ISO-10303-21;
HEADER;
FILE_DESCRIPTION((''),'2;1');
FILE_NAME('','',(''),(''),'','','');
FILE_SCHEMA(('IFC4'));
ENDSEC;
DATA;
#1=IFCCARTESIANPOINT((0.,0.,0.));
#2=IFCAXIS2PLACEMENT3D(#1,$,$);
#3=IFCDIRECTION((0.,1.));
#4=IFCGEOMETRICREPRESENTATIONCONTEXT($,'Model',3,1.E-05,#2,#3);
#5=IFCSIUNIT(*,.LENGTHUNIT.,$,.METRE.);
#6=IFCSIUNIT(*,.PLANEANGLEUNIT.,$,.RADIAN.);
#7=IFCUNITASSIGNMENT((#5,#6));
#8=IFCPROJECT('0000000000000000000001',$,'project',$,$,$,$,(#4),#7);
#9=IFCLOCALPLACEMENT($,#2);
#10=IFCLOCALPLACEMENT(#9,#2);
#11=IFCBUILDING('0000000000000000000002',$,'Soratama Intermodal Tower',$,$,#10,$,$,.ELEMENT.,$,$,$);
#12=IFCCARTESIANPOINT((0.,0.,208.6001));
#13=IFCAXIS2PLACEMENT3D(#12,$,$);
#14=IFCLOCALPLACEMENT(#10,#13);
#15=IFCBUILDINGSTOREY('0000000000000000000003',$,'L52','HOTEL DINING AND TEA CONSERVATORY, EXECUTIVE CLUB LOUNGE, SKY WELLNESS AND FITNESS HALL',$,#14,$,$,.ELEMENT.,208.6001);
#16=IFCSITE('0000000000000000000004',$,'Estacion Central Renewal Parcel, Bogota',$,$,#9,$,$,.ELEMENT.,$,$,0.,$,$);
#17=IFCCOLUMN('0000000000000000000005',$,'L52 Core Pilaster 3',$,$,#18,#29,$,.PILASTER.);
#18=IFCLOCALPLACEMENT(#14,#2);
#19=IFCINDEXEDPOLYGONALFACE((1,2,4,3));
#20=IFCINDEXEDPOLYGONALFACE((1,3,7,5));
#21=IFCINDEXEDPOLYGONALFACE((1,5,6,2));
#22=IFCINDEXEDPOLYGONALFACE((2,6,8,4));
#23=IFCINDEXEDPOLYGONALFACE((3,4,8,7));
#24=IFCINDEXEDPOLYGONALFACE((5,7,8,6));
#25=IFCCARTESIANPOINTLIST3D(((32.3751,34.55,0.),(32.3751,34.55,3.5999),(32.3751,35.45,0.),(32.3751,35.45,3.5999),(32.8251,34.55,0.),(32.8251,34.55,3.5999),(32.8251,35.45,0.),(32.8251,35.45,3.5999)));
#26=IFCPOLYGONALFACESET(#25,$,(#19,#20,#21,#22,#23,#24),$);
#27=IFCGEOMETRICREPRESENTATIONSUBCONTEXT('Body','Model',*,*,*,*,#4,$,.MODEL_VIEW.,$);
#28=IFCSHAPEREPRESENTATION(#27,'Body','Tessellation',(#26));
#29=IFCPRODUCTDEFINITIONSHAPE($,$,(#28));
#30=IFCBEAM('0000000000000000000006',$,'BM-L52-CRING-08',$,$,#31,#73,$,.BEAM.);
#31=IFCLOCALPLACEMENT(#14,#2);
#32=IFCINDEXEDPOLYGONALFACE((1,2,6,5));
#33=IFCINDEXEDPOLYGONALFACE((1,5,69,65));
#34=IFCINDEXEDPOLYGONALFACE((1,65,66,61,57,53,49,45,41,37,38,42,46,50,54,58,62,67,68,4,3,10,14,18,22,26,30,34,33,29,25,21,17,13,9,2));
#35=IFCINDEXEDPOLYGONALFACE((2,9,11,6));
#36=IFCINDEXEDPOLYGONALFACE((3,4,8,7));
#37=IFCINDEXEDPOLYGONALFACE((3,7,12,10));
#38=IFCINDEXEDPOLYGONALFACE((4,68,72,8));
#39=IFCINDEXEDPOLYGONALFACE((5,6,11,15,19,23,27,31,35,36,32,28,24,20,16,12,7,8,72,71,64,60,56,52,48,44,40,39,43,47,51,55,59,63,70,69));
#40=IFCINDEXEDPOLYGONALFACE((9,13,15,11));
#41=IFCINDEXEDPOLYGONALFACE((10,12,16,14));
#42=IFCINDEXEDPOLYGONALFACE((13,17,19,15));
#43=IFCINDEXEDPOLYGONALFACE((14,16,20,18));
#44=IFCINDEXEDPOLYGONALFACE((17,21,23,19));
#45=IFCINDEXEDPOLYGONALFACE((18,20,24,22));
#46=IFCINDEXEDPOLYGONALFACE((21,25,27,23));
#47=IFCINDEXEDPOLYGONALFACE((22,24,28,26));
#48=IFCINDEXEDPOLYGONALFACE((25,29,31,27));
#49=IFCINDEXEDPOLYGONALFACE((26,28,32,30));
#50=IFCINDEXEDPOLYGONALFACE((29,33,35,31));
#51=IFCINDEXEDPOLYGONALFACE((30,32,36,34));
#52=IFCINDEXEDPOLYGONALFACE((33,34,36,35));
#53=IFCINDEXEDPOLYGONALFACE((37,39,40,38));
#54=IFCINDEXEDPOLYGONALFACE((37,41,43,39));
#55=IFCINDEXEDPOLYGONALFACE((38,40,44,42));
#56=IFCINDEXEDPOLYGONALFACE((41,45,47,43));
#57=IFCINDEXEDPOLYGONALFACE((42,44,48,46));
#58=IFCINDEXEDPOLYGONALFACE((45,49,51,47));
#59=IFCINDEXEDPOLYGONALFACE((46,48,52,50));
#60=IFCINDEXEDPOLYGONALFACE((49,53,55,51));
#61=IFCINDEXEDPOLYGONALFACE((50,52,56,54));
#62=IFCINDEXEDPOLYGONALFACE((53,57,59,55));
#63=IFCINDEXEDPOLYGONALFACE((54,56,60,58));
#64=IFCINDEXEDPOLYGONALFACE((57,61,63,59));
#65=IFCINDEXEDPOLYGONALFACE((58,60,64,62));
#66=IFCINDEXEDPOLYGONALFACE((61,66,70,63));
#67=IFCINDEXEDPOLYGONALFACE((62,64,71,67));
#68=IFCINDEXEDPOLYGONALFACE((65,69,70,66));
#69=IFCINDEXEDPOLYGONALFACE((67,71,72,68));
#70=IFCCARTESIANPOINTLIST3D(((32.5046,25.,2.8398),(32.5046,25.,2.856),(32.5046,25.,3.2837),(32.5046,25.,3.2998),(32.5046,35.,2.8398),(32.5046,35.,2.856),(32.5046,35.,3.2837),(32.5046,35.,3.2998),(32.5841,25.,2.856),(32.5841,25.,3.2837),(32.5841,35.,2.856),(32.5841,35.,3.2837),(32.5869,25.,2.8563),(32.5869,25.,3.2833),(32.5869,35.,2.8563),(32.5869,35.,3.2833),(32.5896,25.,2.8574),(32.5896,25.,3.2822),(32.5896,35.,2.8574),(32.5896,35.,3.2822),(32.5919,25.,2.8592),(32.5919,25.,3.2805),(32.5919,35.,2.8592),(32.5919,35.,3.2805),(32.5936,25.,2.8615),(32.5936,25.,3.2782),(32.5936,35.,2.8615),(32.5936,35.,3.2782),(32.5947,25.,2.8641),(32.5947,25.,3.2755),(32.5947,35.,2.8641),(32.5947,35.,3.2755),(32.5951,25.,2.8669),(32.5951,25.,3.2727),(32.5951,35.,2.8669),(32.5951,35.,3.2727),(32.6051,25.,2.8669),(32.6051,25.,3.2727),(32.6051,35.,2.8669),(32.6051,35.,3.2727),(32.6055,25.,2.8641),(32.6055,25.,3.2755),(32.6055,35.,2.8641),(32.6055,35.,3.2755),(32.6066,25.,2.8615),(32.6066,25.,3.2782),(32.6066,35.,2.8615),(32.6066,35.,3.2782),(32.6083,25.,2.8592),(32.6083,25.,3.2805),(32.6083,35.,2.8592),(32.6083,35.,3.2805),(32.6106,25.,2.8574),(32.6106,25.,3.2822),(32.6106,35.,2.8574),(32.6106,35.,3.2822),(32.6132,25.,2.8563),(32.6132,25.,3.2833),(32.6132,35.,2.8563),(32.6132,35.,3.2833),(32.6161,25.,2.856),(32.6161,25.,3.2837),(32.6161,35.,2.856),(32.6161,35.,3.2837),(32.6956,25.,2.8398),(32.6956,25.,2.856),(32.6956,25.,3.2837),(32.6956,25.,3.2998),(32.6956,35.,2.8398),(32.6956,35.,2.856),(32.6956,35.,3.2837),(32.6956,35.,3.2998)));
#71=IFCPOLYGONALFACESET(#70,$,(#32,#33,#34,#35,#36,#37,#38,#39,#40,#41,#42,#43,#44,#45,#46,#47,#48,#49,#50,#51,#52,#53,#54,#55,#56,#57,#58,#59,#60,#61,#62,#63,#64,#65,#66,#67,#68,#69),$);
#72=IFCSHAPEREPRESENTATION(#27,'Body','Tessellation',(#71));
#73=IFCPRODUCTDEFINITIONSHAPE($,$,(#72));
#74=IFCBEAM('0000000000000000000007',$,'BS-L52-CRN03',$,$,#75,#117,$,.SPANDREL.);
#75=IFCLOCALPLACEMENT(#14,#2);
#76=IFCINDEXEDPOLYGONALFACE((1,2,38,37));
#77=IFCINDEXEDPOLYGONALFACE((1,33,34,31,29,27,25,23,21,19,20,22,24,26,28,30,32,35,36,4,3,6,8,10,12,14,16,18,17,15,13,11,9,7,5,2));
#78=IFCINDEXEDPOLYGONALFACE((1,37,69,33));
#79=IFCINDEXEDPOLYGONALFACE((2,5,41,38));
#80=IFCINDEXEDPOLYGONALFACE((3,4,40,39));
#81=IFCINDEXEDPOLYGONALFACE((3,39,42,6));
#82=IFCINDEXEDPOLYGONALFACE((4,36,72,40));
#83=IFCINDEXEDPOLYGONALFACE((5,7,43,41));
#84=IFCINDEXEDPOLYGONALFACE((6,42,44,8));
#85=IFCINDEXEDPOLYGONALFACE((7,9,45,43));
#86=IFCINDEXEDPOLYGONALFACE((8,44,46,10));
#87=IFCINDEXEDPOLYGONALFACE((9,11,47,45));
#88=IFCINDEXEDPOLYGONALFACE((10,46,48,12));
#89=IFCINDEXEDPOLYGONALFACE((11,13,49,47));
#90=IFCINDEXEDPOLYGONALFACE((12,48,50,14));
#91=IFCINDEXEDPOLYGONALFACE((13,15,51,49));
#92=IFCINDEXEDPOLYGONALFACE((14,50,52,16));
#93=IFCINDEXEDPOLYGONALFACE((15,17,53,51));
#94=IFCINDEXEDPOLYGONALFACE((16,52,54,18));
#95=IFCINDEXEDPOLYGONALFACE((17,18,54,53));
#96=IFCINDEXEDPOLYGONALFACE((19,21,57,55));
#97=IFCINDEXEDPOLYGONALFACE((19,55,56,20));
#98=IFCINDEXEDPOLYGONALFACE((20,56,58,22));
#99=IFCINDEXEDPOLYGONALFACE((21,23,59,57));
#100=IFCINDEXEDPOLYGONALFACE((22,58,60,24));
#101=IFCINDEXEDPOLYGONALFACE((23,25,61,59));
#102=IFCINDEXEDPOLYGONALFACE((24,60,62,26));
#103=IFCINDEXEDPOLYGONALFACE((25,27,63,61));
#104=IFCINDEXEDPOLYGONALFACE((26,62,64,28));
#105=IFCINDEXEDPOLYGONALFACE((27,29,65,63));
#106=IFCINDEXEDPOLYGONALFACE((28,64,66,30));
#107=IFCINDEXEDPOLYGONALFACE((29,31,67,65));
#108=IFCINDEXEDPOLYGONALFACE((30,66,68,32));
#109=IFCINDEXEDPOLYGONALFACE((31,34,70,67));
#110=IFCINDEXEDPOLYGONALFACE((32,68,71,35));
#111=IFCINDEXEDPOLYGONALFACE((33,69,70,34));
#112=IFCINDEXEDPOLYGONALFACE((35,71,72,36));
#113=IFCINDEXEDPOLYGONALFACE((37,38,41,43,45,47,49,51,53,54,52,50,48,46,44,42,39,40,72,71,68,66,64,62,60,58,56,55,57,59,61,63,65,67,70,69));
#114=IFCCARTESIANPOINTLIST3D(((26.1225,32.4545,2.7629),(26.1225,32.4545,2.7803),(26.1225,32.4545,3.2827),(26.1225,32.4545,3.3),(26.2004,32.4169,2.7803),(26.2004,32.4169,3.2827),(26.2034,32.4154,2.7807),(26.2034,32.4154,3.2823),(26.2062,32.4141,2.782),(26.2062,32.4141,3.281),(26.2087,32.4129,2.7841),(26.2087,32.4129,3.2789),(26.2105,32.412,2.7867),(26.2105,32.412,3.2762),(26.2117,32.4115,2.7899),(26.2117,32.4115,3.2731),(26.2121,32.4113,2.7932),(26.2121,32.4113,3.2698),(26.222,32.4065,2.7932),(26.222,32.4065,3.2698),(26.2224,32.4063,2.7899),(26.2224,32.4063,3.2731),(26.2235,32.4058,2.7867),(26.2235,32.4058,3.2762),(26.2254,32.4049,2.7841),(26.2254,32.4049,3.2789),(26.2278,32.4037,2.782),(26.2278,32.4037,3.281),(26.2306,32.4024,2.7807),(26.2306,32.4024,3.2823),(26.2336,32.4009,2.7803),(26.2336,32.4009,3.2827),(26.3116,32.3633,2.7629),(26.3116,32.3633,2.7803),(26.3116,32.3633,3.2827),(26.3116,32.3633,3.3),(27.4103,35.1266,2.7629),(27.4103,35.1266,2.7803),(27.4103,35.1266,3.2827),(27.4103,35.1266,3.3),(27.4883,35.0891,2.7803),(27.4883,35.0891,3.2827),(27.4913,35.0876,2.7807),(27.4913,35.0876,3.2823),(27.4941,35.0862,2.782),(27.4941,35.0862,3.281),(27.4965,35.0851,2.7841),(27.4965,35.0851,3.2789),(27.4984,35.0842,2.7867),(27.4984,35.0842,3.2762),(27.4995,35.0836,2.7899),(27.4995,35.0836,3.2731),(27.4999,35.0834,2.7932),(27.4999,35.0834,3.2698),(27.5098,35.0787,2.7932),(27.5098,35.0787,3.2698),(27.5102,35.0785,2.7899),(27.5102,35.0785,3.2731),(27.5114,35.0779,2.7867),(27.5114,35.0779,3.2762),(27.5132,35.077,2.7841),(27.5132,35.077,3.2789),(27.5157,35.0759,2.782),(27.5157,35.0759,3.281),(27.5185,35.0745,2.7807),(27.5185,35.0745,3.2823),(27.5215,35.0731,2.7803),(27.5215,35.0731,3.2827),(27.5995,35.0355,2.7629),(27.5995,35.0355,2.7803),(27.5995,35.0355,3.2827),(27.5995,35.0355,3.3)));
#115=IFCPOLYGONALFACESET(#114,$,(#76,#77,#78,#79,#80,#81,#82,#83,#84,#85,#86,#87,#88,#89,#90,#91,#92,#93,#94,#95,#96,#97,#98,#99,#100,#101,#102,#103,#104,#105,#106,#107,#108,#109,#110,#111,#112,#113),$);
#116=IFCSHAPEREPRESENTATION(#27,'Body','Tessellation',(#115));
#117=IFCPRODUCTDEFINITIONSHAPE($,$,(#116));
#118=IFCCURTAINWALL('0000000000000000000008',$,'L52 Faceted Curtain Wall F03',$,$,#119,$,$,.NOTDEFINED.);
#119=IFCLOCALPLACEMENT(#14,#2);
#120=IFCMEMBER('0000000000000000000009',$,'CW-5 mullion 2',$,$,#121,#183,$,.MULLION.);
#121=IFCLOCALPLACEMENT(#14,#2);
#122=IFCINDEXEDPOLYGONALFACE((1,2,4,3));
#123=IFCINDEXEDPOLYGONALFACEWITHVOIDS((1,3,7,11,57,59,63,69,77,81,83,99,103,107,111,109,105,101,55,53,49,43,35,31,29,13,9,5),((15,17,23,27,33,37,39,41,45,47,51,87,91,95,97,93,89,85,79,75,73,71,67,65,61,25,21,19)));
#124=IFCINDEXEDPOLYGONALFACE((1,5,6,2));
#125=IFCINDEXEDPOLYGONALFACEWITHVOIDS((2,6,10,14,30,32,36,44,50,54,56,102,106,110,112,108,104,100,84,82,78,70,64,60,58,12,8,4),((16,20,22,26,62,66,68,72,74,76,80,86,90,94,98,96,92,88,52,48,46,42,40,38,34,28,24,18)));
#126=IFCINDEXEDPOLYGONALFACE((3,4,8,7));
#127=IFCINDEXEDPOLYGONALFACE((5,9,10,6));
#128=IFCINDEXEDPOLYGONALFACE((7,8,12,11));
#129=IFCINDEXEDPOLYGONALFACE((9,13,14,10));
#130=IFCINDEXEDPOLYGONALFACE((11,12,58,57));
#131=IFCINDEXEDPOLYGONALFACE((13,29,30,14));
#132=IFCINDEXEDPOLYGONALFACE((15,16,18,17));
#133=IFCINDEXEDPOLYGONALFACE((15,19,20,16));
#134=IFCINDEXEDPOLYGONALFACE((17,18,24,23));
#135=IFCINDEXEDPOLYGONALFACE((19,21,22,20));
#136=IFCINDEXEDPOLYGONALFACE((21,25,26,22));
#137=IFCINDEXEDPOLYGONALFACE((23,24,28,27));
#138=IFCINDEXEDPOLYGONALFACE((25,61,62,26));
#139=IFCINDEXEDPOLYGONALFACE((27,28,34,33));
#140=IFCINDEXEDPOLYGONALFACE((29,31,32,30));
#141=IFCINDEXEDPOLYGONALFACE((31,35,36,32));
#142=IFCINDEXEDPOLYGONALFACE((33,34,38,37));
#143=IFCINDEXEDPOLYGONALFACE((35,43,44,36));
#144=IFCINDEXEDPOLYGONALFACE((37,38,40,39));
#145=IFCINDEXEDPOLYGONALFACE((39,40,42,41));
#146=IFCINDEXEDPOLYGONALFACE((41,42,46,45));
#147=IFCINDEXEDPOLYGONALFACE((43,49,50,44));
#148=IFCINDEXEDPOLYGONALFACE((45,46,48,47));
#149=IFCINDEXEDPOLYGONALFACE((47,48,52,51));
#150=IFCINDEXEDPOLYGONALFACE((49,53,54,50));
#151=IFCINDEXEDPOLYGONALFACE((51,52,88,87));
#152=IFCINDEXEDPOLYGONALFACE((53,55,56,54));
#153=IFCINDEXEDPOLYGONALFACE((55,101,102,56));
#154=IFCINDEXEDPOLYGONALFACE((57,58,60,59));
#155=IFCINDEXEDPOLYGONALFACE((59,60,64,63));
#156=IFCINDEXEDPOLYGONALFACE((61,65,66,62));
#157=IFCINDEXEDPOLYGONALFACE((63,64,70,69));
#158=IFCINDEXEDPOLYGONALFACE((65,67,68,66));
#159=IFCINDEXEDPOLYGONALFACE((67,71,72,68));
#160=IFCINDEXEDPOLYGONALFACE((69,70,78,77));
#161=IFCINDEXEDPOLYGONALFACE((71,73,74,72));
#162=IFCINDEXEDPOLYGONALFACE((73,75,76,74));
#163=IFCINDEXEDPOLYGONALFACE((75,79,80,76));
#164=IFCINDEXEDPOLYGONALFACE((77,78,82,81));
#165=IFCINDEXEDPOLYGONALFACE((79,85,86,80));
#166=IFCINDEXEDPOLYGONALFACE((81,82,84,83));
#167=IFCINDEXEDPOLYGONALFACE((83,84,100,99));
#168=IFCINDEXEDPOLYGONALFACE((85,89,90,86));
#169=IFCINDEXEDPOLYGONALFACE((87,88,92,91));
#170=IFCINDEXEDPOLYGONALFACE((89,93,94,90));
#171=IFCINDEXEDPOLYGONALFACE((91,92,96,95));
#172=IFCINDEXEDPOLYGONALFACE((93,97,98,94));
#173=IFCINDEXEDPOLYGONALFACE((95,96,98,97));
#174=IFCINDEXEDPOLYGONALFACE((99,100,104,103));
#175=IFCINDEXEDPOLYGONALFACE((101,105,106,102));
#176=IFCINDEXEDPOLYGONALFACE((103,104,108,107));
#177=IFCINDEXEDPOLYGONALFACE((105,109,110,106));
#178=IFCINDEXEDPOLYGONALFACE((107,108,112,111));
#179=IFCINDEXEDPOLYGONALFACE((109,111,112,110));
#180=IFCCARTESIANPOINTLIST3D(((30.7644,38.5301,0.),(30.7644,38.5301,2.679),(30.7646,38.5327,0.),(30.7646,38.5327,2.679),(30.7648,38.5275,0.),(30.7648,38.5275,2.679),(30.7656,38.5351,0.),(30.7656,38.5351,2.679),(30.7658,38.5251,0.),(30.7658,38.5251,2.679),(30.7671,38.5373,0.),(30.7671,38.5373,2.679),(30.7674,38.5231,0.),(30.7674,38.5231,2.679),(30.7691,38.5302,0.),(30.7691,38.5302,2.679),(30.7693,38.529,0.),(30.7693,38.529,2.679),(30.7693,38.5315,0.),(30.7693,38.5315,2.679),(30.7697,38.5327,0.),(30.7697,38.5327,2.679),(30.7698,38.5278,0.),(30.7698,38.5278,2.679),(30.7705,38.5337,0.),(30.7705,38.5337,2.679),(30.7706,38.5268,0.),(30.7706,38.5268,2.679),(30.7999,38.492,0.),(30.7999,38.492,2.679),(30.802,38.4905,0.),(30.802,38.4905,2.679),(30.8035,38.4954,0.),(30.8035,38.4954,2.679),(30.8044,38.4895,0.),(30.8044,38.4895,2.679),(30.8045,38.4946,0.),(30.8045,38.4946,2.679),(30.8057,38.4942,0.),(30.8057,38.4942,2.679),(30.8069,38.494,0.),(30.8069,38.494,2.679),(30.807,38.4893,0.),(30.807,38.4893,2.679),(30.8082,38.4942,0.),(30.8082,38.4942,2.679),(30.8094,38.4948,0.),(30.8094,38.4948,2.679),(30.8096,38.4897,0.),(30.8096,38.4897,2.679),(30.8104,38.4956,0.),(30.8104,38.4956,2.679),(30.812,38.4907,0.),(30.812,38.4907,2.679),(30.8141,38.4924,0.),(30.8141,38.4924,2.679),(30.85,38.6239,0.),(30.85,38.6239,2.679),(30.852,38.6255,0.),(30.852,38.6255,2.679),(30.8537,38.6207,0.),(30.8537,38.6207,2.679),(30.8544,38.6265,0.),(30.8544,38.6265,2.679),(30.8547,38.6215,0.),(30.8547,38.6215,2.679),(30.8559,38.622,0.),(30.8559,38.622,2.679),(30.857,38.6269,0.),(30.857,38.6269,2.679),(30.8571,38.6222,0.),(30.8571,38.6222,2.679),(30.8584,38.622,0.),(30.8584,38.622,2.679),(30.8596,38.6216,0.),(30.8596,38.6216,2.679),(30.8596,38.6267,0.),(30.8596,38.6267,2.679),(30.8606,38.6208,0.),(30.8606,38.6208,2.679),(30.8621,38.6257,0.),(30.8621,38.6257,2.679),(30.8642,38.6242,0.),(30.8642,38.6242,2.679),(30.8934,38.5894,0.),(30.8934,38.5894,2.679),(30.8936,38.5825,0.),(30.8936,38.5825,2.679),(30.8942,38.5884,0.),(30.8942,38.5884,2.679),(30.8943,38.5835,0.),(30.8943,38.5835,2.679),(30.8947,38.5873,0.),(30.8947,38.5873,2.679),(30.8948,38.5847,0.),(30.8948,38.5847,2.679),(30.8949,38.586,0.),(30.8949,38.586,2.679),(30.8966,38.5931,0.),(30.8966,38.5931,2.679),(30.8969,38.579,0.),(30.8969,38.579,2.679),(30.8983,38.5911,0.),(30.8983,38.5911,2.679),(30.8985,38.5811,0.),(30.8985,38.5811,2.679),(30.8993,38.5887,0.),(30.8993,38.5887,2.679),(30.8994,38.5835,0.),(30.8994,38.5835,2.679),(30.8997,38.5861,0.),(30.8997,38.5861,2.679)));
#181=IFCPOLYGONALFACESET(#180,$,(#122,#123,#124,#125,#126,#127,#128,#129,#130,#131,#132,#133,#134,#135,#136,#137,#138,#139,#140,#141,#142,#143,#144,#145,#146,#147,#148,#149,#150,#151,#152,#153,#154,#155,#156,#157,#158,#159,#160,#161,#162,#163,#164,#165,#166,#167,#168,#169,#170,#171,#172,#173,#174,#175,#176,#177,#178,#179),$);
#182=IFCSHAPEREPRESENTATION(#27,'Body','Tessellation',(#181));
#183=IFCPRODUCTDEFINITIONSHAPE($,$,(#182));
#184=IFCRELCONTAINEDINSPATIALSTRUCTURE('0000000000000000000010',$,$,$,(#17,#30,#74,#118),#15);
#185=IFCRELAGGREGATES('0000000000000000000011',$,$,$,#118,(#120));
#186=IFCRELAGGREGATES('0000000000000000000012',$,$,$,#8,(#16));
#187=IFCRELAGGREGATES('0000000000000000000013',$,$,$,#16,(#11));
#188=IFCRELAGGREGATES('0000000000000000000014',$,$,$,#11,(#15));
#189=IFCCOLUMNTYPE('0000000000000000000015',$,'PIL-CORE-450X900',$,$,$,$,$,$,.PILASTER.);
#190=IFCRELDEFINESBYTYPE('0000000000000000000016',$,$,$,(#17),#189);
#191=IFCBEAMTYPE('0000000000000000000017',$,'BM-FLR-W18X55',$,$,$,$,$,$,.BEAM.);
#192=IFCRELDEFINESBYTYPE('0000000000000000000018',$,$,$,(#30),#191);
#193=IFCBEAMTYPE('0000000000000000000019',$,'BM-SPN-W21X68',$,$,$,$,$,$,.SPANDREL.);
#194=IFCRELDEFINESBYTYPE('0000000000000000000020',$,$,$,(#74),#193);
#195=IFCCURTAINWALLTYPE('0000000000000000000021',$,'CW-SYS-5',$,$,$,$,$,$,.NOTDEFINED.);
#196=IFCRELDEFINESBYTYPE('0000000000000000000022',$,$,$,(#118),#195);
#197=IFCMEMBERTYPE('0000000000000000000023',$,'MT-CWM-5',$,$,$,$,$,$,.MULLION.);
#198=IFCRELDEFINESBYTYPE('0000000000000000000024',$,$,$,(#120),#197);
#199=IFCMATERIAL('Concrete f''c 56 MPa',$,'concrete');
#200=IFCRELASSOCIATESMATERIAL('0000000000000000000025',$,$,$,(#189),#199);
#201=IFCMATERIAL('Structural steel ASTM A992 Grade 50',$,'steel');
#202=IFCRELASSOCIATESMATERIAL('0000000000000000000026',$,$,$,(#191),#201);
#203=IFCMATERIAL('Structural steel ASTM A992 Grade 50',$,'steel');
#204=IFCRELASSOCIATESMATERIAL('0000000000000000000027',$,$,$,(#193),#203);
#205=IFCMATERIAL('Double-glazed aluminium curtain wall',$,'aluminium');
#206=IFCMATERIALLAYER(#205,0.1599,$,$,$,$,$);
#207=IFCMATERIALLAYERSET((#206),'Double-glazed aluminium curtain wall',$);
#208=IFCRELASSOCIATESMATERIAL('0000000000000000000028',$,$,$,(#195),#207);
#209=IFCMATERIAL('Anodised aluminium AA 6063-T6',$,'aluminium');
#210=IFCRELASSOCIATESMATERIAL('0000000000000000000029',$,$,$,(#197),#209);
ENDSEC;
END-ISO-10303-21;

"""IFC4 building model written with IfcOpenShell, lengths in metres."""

from ifc_helpers import new_model, si_unit, direction, frame, origin, origin_2d, place, context, subcontext, project, spatial, rectangle, hollow_rectangle, i_section, extrude, material, layer, layer_set, material_profile, profile_set, type_object, element, aggregate, save


model = new_model("IFC4")

# Units and contexts
model_context = context("Model", 3, precision=1e-05, world=origin(), true_north=direction((0.0, 1.0)))
body_context = subcontext(model_context, "Body", "Model", "MODEL_VIEW")
ifc_project = project(units=[si_unit("LENGTHUNIT", "METRE"), si_unit("PLANEANGLEUNIT", "RADIAN")], contexts=[model_context])

# Site, building, storey
site_placement = place(None, origin())
site = spatial("IfcSite", under=ifc_project, at=site_placement, Name="Estacion Central Renewal Parcel, Bogota", CompositionType="ELEMENT", RefElevation=0.0)
building_placement = place(site_placement, origin())
building = spatial("IfcBuilding", under=site, at=building_placement, Name="Soratama Intermodal Tower", CompositionType="ELEMENT")
storey_placement = place(building_placement, frame((0.0, 0.0, 208.6001)))
storey = spatial("IfcBuildingStorey", under=building, at=storey_placement, Name="L52", Description="HOTEL DINING AND TEA CONSERVATORY, EXECUTIVE CLUB LOUNGE, SKY WELLNESS AND FITNESS HALL", CompositionType="ELEMENT", Elevation=208.6001)

# Column
ifc_material_1 = material(Name="Concrete f'c 56 MPa", Category="concrete")
ifc_material_profile_1 = material_profile(ifc_material_1, rectangle(XDim=0.45, YDim=0.8999, at=origin_2d()), Name="RC450X900")
ifc_profile_set_1 = profile_set([ifc_material_profile_1], Name="Concrete f'c 56 MPa")
column_type = type_object("IfcColumnType", Name="PIL-CORE-450X900", PredefinedType="PILASTER", material=ifc_profile_set_1)
column_placement = place(storey_placement, frame((32.6001, 35.0, 0.0), z_axis=(0.0, 0.0, 1.0), x_axis=(1.0, 0.0, 0.0)))
element("IfcColumn", 1, at=column_placement, inside=storey, type_object=column_type, Name="L52 Core Pilaster 3", PredefinedType="PILASTER", context=body_context, shape_type="SweptSolid", body=[
    extrude(rectangle(XDim=0.45, YDim=0.8999, at=origin_2d()), origin(), (0.0, 0.0, 1.0), 3.5999),
])

# Beams
ifc_material_2 = material(Name="Structural steel ASTM A992 Grade 50", Category="steel")
ifc_material_profile_2 = material_profile(ifc_material_2, i_section(OverallWidth=0.1909, OverallDepth=0.46, WebThickness=0.01, FlangeThickness=0.0161, FilletRadius=0.011, at=origin_2d()), Name="W18X55")
ifc_profile_set_2 = profile_set([ifc_material_profile_2], Name="Structural steel ASTM A992 Grade 50")
beam_type_1 = type_object("IfcBeamType", Name="BM-FLR-W18X55", PredefinedType="BEAM", material=ifc_profile_set_2)
beam_1_placement = place(storey_placement, frame((32.6001, 35.0, 3.0698), z_axis=(0.0, -1.0, 0.0), x_axis=(1.0, 0.0, 0.0)))
element("IfcBeam", 2, at=beam_1_placement, inside=storey, type_object=beam_type_1, Name="BM-L52-CRING-08", PredefinedType="BEAM", context=body_context, shape_type="SweptSolid", body=[
    extrude(i_section(OverallWidth=0.1909, OverallDepth=0.46, WebThickness=0.01, FlangeThickness=0.0161, FilletRadius=0.011, at=origin_2d()), origin(), (0.0, 0.0, 1.0), 10.0),
])
ifc_material_3 = material(Name="Structural steel ASTM A992 Grade 50", Category="steel")
ifc_material_profile_3 = material_profile(ifc_material_3, i_section(OverallWidth=0.21, OverallDepth=0.5371, WebThickness=0.011, FlangeThickness=0.0173, FilletRadius=0.0129, at=origin_2d()), Name="W21X68")
ifc_profile_set_3 = profile_set([ifc_material_profile_3], Name="Structural steel ASTM A992 Grade 50")
beam_type_2 = type_object("IfcBeamType", Name="BM-SPN-W21X68", PredefinedType="SPANDREL", material=ifc_profile_set_3)
beam_2_placement = place(storey_placement, frame((27.5049, 35.0811, 3.0315), z_axis=(-0.434162, -0.900835, 0.0), x_axis=(0.900835, -0.434162, 0.0)))
element("IfcBeam", 3, at=beam_2_placement, inside=storey, type_object=beam_type_2, Name="BS-L52-CRN03", PredefinedType="SPANDREL", context=body_context, shape_type="SweptSolid", body=[
    extrude(i_section(OverallWidth=0.21, OverallDepth=0.5371, WebThickness=0.011, FlangeThickness=0.0173, FilletRadius=0.0129, at=origin_2d()), origin(), (0.0, 0.0, 1.0), 2.9663),
])

# Curtain wall, member
ifc_material_4 = material(Name="Double-glazed aluminium curtain wall", Category="aluminium")
ifc_layer_1 = layer(ifc_material_4, 0.1599)
ifc_layer_set_1 = layer_set([ifc_layer_1], Name="Double-glazed aluminium curtain wall")
curtain_wall_type = type_object("IfcCurtainWallType", Name="CW-SYS-5", PredefinedType="NOTDEFINED", material=ifc_layer_set_1)
curtain_wall_placement = place(storey_placement, origin())
curtain_wall = element("IfcCurtainWall", 4, at=curtain_wall_placement, inside=storey, type_object=curtain_wall_type, Name="L52 Faceted Curtain Wall F03", PredefinedType="NOTDEFINED")
ifc_material_5 = material(Name="Anodised aluminium AA 6063-T6", Category="aluminium")
ifc_material_profile_4 = material_profile(ifc_material_5, hollow_rectangle(XDim=0.0649, YDim=0.1399, WallThickness=0.0049, InnerFilletRadius=0.0049, OuterFilletRadius=0.01, at=origin_2d()), Name="CWM140X65X5")
ifc_profile_set_4 = profile_set([ifc_material_profile_4], Name="Anodised aluminium AA 6063-T6")
member_type_1 = type_object("IfcMemberType", Name="MT-CWM-5", PredefinedType="MULLION", material=ifc_profile_set_4)
member_1_placement = place(storey_placement, frame((30.832, 38.5581, 0.0), z_axis=(0.0, 0.0, 1.0), x_axis=(0.722485, -0.691386, 0.0)))
member_1 = element("IfcMember", 5, at=member_1_placement, type_object=member_type_1, Name="CW-5 mullion 2", PredefinedType="MULLION", context=body_context, shape_type="SweptSolid", body=[
    extrude(hollow_rectangle(XDim=0.0649, YDim=0.1399, WallThickness=0.0049, InnerFilletRadius=0.0049, OuterFilletRadius=0.01, at=origin_2d()), origin(), (0.0, 0.0, 1.0), 2.679),
])
aggregate(curtain_wall, [member_1])

save(model, "model.ifc")
